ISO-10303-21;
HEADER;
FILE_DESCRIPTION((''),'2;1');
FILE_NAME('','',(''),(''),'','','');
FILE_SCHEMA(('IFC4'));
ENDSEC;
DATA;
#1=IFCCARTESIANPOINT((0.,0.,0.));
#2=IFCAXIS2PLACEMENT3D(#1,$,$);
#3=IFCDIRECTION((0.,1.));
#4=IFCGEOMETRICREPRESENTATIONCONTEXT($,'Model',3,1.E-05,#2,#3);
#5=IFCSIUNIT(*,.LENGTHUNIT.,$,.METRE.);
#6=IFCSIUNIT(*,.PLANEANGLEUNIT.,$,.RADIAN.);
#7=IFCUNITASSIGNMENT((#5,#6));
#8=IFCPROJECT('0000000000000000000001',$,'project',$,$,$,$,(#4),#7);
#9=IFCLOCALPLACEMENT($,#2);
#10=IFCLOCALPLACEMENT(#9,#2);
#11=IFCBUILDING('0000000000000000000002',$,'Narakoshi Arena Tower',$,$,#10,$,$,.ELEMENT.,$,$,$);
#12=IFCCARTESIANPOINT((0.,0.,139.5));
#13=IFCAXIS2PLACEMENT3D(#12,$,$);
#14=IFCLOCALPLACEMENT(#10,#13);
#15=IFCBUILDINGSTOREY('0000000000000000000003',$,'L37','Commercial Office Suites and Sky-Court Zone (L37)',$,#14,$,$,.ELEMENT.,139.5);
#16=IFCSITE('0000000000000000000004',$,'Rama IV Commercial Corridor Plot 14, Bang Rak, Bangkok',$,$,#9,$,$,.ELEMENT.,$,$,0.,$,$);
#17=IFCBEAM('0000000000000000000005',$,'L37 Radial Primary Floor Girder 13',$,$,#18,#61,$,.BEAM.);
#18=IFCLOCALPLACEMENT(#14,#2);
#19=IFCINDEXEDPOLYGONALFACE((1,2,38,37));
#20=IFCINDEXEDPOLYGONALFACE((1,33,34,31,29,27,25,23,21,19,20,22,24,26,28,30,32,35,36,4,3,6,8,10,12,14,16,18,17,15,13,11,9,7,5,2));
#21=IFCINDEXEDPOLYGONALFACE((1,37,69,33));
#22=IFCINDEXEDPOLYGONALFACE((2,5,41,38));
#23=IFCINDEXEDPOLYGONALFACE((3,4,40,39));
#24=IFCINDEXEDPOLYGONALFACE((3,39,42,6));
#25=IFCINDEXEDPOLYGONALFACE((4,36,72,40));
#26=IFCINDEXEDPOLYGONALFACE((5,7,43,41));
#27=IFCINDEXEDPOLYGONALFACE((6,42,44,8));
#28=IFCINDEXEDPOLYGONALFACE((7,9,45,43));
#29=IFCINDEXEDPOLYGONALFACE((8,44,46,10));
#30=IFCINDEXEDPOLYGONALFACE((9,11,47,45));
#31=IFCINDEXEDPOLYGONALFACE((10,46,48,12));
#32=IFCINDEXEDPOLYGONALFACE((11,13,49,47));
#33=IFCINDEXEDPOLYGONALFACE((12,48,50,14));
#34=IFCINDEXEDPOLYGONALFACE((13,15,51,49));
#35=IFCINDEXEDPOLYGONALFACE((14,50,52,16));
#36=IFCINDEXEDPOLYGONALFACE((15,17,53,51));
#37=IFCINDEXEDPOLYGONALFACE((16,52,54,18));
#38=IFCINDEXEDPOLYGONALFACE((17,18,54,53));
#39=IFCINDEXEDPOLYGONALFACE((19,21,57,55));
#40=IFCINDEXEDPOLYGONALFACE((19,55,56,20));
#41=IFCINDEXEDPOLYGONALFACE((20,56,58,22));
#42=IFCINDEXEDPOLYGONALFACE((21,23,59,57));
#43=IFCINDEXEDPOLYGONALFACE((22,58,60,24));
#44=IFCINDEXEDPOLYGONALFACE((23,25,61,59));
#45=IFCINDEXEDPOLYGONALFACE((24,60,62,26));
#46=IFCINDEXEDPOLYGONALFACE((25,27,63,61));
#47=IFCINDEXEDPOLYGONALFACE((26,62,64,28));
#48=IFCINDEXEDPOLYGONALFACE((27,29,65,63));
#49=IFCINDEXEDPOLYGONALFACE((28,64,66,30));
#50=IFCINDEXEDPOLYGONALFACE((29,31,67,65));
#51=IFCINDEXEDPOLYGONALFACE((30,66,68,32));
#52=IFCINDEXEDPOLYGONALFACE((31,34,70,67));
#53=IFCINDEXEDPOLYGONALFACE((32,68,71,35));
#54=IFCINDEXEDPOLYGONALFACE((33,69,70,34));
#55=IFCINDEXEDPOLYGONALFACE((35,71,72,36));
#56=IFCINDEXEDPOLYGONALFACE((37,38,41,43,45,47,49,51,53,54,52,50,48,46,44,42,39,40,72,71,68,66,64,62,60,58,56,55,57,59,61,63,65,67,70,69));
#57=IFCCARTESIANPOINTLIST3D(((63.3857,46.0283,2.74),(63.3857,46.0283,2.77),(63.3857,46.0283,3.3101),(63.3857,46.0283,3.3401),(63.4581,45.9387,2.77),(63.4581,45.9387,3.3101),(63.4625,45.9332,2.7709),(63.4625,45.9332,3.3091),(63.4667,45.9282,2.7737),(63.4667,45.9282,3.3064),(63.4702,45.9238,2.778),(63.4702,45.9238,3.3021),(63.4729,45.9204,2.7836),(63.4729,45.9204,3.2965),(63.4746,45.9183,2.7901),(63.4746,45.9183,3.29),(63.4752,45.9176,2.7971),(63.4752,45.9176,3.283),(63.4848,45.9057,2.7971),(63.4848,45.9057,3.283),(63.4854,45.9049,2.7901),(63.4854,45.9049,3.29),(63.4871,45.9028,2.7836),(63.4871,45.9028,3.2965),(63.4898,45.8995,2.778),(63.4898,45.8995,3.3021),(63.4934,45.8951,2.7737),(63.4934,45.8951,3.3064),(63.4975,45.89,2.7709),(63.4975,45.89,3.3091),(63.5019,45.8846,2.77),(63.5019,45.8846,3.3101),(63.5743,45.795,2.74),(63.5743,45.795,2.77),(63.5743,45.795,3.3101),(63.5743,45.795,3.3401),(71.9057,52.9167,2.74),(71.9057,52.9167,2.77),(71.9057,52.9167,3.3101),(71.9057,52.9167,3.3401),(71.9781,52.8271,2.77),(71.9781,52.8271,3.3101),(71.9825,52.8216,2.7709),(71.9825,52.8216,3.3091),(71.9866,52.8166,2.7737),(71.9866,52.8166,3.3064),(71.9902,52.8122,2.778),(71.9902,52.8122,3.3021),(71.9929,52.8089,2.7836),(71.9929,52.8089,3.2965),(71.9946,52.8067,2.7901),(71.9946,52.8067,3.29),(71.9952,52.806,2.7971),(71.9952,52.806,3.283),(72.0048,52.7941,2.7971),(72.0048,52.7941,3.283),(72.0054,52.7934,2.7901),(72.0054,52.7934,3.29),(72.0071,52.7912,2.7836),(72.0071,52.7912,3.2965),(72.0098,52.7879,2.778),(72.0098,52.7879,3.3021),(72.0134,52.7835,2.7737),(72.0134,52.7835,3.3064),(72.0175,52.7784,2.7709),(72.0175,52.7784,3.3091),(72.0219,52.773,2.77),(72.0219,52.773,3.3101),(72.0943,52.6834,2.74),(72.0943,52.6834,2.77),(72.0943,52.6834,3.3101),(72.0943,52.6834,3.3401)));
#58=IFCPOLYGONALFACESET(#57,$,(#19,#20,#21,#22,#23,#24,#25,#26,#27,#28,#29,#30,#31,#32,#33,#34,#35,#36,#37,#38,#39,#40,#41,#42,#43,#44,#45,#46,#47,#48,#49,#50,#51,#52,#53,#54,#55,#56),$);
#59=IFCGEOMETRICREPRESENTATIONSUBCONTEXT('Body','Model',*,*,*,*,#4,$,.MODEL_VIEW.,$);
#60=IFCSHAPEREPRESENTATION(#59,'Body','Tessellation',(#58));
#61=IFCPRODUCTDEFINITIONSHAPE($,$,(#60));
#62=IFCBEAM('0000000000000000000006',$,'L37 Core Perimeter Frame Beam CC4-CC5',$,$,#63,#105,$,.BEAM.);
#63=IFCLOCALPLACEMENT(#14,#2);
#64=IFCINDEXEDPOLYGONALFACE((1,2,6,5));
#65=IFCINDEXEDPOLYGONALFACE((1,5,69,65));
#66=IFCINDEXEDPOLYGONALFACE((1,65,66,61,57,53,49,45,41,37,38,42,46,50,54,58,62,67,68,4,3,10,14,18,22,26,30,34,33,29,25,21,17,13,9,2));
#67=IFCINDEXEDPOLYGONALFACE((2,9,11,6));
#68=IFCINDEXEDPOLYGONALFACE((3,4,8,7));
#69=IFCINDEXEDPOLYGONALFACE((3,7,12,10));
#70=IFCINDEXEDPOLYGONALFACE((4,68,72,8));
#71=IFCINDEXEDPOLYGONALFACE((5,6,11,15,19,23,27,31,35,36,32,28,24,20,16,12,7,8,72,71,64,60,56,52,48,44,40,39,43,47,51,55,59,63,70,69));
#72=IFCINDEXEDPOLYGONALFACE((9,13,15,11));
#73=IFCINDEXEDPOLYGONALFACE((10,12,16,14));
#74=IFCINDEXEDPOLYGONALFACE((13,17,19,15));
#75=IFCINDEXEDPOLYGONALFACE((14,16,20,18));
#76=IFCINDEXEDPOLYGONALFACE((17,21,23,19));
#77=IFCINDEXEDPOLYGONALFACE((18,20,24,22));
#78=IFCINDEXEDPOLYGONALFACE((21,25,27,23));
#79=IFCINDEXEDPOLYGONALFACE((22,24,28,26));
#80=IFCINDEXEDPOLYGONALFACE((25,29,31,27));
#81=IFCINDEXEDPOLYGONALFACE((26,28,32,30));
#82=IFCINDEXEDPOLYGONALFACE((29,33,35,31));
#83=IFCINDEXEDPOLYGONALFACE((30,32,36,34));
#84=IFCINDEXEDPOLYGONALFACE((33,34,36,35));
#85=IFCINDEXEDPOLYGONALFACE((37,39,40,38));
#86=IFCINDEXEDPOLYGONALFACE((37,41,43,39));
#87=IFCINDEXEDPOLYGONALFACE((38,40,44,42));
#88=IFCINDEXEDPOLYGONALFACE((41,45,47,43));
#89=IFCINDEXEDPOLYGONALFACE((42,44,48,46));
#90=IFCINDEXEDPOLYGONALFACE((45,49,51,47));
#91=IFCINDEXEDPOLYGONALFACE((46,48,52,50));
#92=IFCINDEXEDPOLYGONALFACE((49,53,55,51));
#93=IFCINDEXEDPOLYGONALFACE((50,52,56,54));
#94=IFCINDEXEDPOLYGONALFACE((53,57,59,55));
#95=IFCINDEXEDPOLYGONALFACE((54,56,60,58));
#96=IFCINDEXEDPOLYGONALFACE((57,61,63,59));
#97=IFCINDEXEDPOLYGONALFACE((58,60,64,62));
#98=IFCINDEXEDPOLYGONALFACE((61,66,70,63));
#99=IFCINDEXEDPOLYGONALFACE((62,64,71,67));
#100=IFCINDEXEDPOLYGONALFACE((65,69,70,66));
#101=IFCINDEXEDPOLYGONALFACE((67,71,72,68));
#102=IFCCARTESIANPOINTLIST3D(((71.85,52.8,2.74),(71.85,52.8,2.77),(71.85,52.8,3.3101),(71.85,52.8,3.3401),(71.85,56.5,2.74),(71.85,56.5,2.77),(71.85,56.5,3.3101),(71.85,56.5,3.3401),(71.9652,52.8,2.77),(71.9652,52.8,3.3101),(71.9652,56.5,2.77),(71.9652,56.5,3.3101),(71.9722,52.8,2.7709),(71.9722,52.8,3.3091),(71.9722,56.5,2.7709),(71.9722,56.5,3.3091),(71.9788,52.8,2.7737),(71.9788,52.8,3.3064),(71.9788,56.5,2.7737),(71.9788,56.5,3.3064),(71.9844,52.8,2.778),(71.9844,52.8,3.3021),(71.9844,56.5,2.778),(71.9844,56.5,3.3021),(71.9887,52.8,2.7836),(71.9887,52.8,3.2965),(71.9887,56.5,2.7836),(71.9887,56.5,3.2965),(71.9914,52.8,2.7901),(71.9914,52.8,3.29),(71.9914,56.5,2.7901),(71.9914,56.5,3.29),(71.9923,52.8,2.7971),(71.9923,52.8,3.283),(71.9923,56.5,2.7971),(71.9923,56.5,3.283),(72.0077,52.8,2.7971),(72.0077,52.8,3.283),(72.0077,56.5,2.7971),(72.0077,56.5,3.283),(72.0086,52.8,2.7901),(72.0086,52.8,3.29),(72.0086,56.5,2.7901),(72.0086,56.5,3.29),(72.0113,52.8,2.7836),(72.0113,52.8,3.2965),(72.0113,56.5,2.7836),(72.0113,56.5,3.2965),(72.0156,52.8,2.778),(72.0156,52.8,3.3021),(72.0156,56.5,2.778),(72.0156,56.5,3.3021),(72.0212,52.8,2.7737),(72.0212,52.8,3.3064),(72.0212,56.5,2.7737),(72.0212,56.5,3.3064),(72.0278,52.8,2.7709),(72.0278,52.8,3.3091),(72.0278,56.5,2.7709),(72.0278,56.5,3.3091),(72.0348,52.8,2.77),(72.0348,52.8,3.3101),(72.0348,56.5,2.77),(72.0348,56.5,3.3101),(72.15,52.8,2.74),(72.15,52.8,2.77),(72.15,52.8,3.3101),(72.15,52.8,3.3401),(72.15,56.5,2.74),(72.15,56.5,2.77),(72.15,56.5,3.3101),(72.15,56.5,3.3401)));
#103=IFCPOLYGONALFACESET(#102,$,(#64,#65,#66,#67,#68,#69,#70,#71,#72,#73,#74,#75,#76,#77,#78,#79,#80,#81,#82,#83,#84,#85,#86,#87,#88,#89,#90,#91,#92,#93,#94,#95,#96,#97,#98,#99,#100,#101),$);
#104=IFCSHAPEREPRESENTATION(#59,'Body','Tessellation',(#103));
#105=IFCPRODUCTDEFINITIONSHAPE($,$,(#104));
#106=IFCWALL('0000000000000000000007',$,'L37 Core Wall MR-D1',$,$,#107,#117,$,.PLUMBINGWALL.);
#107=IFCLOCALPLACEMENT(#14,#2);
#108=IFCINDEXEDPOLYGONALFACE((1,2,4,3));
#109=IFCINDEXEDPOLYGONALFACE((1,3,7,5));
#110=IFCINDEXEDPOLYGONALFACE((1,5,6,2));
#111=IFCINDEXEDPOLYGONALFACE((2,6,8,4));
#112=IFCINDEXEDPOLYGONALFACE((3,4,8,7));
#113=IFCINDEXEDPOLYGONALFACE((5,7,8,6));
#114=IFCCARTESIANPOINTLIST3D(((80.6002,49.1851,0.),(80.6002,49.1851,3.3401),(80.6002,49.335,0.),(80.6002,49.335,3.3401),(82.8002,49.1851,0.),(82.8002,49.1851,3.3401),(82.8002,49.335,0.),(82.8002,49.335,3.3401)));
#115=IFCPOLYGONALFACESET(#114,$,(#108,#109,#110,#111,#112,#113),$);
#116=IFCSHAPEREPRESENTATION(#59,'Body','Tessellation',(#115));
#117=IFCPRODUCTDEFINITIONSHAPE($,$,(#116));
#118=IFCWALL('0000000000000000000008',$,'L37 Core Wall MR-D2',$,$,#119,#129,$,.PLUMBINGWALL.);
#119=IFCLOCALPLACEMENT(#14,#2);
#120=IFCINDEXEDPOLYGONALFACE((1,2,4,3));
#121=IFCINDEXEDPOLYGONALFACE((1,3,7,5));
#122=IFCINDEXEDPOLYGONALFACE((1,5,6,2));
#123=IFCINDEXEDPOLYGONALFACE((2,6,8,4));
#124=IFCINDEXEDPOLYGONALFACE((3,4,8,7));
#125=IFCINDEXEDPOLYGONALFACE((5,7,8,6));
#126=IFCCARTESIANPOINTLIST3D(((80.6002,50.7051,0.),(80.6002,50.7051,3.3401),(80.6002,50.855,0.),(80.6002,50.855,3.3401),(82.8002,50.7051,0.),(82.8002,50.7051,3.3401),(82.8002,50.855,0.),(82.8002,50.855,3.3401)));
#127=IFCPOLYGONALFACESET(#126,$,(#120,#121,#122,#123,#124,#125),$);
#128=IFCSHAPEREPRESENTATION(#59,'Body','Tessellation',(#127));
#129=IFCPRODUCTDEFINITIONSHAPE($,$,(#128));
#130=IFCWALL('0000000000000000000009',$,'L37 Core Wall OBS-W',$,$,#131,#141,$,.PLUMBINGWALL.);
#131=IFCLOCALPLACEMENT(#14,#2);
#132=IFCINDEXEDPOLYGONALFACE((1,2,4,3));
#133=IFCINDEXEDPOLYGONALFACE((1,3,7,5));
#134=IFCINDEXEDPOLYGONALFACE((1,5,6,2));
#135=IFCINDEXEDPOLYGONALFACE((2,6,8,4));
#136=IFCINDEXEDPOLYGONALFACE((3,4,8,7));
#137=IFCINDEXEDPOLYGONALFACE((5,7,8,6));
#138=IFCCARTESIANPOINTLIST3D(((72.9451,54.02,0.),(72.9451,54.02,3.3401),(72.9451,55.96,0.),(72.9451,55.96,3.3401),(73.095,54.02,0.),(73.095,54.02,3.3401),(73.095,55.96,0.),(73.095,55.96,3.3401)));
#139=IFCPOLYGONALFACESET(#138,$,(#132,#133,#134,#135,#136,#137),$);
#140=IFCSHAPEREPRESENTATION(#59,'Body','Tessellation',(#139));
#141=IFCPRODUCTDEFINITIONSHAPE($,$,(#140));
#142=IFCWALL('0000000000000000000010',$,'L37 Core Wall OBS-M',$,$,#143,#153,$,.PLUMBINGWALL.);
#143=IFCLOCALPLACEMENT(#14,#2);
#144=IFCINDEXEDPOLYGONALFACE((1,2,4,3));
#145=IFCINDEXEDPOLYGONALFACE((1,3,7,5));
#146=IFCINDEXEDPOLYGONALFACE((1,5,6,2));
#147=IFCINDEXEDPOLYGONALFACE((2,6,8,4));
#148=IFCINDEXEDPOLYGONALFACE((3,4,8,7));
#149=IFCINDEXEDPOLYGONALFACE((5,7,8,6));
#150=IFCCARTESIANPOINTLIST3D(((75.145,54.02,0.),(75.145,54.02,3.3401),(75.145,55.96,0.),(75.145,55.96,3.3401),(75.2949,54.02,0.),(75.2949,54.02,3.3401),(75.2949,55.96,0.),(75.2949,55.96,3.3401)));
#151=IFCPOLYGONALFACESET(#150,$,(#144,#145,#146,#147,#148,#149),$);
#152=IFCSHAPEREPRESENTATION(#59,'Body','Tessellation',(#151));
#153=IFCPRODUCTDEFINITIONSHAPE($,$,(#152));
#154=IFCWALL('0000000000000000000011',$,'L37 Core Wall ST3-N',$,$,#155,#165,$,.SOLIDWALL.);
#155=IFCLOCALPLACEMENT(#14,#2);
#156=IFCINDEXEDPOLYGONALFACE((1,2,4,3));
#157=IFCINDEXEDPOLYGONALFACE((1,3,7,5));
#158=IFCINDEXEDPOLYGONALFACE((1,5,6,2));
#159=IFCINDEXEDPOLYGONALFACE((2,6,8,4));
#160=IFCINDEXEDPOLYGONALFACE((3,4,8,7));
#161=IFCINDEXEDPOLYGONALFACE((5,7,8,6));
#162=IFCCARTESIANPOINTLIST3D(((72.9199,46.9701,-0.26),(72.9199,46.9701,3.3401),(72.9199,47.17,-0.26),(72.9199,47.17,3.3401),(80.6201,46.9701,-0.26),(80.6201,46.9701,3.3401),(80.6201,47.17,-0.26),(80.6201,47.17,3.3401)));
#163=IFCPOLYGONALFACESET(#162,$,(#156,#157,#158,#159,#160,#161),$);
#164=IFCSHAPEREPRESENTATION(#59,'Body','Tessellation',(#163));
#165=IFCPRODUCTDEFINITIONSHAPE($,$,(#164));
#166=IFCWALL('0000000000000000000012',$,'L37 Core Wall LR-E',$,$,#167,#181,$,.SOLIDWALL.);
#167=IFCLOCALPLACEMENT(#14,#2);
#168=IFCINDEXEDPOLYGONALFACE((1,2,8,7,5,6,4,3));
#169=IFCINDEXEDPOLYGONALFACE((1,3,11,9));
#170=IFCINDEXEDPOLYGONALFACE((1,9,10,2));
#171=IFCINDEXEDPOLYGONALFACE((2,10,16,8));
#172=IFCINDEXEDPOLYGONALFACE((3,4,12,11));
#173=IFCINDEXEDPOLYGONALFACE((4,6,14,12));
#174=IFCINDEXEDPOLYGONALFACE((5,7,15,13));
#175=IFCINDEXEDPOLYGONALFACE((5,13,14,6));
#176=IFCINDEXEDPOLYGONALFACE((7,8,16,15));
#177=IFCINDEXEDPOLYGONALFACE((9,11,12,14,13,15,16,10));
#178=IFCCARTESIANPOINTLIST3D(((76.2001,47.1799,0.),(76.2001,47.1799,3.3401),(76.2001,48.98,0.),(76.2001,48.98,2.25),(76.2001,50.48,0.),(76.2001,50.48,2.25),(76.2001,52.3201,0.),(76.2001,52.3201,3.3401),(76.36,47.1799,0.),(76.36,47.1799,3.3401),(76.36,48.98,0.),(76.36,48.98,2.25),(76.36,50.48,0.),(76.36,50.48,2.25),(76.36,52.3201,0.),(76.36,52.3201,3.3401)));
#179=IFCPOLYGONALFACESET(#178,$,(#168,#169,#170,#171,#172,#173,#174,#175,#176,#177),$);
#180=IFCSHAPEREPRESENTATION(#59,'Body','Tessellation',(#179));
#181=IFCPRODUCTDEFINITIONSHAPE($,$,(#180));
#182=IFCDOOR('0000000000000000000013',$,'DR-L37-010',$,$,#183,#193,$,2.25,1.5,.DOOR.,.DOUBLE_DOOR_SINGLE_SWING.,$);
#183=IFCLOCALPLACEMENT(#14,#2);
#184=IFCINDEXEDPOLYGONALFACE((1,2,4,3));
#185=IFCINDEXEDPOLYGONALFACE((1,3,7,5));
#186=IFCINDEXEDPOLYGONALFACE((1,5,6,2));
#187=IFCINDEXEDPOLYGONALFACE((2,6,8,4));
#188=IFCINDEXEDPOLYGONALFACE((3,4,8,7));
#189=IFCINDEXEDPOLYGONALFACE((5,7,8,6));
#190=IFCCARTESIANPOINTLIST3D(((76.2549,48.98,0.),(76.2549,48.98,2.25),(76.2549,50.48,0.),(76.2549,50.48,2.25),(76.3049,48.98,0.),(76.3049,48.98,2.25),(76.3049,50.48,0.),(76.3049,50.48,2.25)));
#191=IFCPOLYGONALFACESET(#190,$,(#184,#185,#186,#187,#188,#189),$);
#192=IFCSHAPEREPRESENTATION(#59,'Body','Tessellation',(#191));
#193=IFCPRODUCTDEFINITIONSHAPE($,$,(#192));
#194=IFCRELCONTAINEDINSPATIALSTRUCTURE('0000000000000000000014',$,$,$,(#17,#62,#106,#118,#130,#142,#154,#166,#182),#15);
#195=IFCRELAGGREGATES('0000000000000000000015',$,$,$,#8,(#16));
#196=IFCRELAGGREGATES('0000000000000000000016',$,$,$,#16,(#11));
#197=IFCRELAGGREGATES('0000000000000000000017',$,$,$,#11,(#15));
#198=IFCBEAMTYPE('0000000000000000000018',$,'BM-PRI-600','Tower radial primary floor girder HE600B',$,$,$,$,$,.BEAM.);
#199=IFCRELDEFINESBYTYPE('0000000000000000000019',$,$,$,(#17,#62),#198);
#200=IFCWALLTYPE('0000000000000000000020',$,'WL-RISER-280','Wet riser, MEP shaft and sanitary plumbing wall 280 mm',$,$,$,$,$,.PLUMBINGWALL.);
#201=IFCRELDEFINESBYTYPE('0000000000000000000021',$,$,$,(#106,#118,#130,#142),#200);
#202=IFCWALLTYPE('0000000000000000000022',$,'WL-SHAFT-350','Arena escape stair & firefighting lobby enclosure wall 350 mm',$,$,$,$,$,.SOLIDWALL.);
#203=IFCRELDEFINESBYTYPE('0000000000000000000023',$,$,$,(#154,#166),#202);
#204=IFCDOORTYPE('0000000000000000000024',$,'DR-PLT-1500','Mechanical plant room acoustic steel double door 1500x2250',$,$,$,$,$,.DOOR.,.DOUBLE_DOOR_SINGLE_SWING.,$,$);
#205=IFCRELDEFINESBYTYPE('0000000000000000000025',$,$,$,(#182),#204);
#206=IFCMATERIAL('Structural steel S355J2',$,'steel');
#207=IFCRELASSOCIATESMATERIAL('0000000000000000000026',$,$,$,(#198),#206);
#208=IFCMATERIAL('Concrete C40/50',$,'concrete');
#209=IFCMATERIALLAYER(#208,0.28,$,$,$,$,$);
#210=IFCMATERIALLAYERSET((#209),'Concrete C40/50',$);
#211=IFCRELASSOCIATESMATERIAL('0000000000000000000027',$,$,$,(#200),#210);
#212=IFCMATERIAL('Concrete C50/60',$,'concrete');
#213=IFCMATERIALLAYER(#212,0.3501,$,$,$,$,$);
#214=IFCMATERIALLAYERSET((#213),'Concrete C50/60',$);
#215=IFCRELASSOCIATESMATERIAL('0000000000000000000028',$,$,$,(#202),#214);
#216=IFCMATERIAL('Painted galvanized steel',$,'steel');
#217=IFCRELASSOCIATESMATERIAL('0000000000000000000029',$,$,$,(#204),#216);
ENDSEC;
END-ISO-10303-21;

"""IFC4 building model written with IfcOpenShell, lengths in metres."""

from ifc_helpers import new_model, si_unit, direction, frame, frame_2d, origin, origin_2d, place, context, subcontext, project, spatial, rectangle, i_section, extrude, material, layer, layer_set, material_profile, profile_set, type_object, element, fill, save


model = new_model("IFC4")

# Units and contexts
model_context = context("Model", 3, precision=1e-05, world=origin(), true_north=direction((0.0, 1.0)))
body_context = subcontext(model_context, "Body", "Model", "MODEL_VIEW")
ifc_project = project(units=[si_unit("LENGTHUNIT", "METRE"), si_unit("PLANEANGLEUNIT", "RADIAN")], contexts=[model_context])

# Site, building, storey
site_placement = place(None, origin())
site = spatial("IfcSite", under=ifc_project, at=site_placement, Name="Rama IV Commercial Corridor Plot 14, Bang Rak, Bangkok", CompositionType="ELEMENT", RefElevation=0.0)
building_placement = place(site_placement, origin())
building = spatial("IfcBuilding", under=site, at=building_placement, Name="Narakoshi Arena Tower", CompositionType="ELEMENT")
storey_placement = place(building_placement, frame((0.0, 0.0, 139.5)))
storey = spatial("IfcBuildingStorey", under=building, at=storey_placement, Name="L37", Description="Commercial Office Suites and Sky-Court Zone (L37)", CompositionType="ELEMENT", Elevation=139.5)

# Beams
ifc_material_1 = material(Name="Structural steel S355J2", Category="steel")
ifc_material_profile = material_profile(ifc_material_1, i_section(OverallWidth=0.3, OverallDepth=0.6001, WebThickness=0.0154, FlangeThickness=0.03, FilletRadius=0.0271, at=origin_2d()), Name="HE600B")
ifc_profile_set = profile_set([ifc_material_profile], Name="Structural steel S355J2")
beam_type = type_object("IfcBeamType", Name="BM-PRI-600", Description="Tower radial primary floor girder HE600B", PredefinedType="BEAM", material=ifc_profile_set)
beam_1_placement = place(storey_placement, frame((72.0, 52.8, 3.04), z_axis=(-0.777634, -0.628717, 0.0), x_axis=(0.628717, -0.777634, 0.0)))
element("IfcBeam", 1, at=beam_1_placement, inside=storey, type_object=beam_type, Name="L37 Radial Primary Floor Girder 13", PredefinedType="BEAM", context=body_context, shape_type="SweptSolid", body=[
    extrude(i_section(OverallWidth=0.3, OverallDepth=0.6001, WebThickness=0.0154, FlangeThickness=0.03, FilletRadius=0.0271, at=origin_2d()), origin(), (0.0, 0.0, 1.0), 10.9563),
])
beam_2_placement = place(storey_placement, frame((72.0, 52.8, 3.04), z_axis=(0.0, 1.0, 0.0), x_axis=(-1.0, 0.0, 0.0)))
element("IfcBeam", 2, at=beam_2_placement, inside=storey, type_object=beam_type, Name="L37 Core Perimeter Frame Beam CC4-CC5", PredefinedType="BEAM", context=body_context, shape_type="SweptSolid", body=[
    extrude(i_section(OverallWidth=0.3, OverallDepth=0.6001, WebThickness=0.0154, FlangeThickness=0.03, FilletRadius=0.0271, at=origin_2d()), origin(), (0.0, 0.0, 1.0), 3.7),
])

# Walls
ifc_material_2 = material(Name="Concrete C40/50", Category="concrete")
ifc_layer_1 = layer(ifc_material_2, 0.28)
ifc_layer_set_1 = layer_set([ifc_layer_1], Name="Concrete C40/50")
wall_type_1 = type_object("IfcWallType", Name="WL-RISER-280", Description="Wet riser, MEP shaft and sanitary plumbing wall 280 mm", PredefinedType="PLUMBINGWALL", material=ifc_layer_set_1)
for number, where, z_axis, x_axis, name in (
    (3, (80.6001, 49.26, 0.0), (0.0, 0.0, 1.0), (1.0, 0.0, 0.0), "L37 Core Wall MR-D1"),
    (4, (80.6001, 50.78, 0.0), (0.0, 0.0, 1.0), (1.0, 0.0, 0.0), "L37 Core Wall MR-D2"),
):
    element("IfcWall", number, at=place(storey_placement, frame(where, z_axis=z_axis, x_axis=x_axis)), inside=storey, type_object=wall_type_1, Name=name, PredefinedType="PLUMBINGWALL", context=body_context, shape_type="SweptSolid", body=[
        extrude(rectangle(XDim=2.2, YDim=0.1499, at=frame_2d((1.1001, 0.0))), origin(), (0.0, 0.0, 1.0), 3.3401),
    ])
for number, where, z_axis, x_axis, name in (
    (5, (73.02, 54.02, 0.0), (0.0, 0.0, 1.0), (0.0, 1.0, 0.0), "L37 Core Wall OBS-W"),
    (6, (75.22, 54.02, 0.0), (0.0, 0.0, 1.0), (0.0, 1.0, 0.0), "L37 Core Wall OBS-M"),
):
    element("IfcWall", number, at=place(storey_placement, frame(where, z_axis=z_axis, x_axis=x_axis)), inside=storey, type_object=wall_type_1, Name=name, PredefinedType="PLUMBINGWALL", context=body_context, shape_type="SweptSolid", body=[
        extrude(rectangle(XDim=1.9399, YDim=0.1499, at=frame_2d((0.97, 0.0))), origin(), (0.0, 0.0, 1.0), 3.3401),
    ])
ifc_material_3 = material(Name="Concrete C50/60", Category="concrete")
ifc_layer_2 = layer(ifc_material_3, 0.3501)
ifc_layer_set_2 = layer_set([ifc_layer_2], Name="Concrete C50/60")
wall_type_2 = type_object("IfcWallType", Name="WL-SHAFT-350", Description="Arena escape stair & firefighting lobby enclosure wall 350 mm", PredefinedType="SOLIDWALL", material=ifc_layer_set_2)
wall_1_placement = place(storey_placement, frame((72.9199, 47.0701, -0.26), z_axis=(0.0, 0.0, 1.0), x_axis=(1.0, 0.0, 0.0)))
element("IfcWall", 7, at=wall_1_placement, inside=storey, type_object=wall_type_2, Name="L37 Core Wall ST3-N", PredefinedType="SOLIDWALL", context=body_context, shape_type="SweptSolid", body=[
    extrude(rectangle(XDim=7.7002, YDim=0.2, at=frame_2d((3.8501, 0.0))), origin(), (0.0, 0.0, 1.0), 3.6001),
])

# Wall, opening, door
wall_2_placement = place(storey_placement, frame((76.28, 47.1799, 0.0), z_axis=(0.0, 0.0, 1.0), x_axis=(0.0, 1.0, 0.0)))
wall_2 = element("IfcWall", 8, at=wall_2_placement, inside=storey, type_object=wall_type_2, Name="L37 Core Wall LR-E", PredefinedType="SOLIDWALL", context=body_context, shape_type="SweptSolid", body=[
    extrude(rectangle(XDim=5.1401, YDim=0.1599, at=frame_2d((2.5701, 0.0))), origin(), (0.0, 0.0, 1.0), 3.3401),
])
opening_1_placement = place(wall_2_placement, frame((1.8, 0.0, 0.0)))
opening_1 = element("IfcOpeningElement", 9, at=opening_1_placement, cuts=wall_2, PredefinedType="OPENING", context=body_context, shape_type="SweptSolid", body=[
    extrude(rectangle(XDim=1.5, YDim=2.25, at=frame_2d((0.75, 1.125))), frame((0.0, 0.0898, 0.0), z_axis=(0.0, -1.0, 0.0), x_axis=(1.0, 0.0, 0.0)), (0.0, 0.0, 1.0), 0.1799),
])
ifc_material_4 = material(Name="Painted galvanized steel", Category="steel")
door_type_1 = type_object("IfcDoorType", Name="DR-PLT-1500", Description="Mechanical plant room acoustic steel double door 1500x2250", OperationType="DOUBLE_DOOR_SINGLE_SWING", PredefinedType="DOOR", material=ifc_material_4)
door_1_placement = place(opening_1_placement, frame((1.5, 0.0, 0.0), z_axis=(0.0, 0.0, 1.0), x_axis=(-1.0, 0.0, 0.0)))
door_1 = element("IfcDoor", 10, at=door_1_placement, inside=storey, type_object=door_type_1, Name="DR-L37-010", OperationType="DOUBLE_DOOR_SINGLE_SWING", OverallHeight=2.25, OverallWidth=1.5, PredefinedType="DOOR", context=body_context, shape_type="SweptSolid", body=[
    extrude(rectangle(XDim=1.5, YDim=2.25, at=frame_2d((0.75, 1.125))), frame((0.0, 0.0249, 0.0), z_axis=(0.0, -1.0, 0.0), x_axis=(1.0, 0.0, 0.0)), (0.0, 0.0, 1.0), 0.05),
])
fill(opening_1, door_1)

save(model, "model.ifc")
